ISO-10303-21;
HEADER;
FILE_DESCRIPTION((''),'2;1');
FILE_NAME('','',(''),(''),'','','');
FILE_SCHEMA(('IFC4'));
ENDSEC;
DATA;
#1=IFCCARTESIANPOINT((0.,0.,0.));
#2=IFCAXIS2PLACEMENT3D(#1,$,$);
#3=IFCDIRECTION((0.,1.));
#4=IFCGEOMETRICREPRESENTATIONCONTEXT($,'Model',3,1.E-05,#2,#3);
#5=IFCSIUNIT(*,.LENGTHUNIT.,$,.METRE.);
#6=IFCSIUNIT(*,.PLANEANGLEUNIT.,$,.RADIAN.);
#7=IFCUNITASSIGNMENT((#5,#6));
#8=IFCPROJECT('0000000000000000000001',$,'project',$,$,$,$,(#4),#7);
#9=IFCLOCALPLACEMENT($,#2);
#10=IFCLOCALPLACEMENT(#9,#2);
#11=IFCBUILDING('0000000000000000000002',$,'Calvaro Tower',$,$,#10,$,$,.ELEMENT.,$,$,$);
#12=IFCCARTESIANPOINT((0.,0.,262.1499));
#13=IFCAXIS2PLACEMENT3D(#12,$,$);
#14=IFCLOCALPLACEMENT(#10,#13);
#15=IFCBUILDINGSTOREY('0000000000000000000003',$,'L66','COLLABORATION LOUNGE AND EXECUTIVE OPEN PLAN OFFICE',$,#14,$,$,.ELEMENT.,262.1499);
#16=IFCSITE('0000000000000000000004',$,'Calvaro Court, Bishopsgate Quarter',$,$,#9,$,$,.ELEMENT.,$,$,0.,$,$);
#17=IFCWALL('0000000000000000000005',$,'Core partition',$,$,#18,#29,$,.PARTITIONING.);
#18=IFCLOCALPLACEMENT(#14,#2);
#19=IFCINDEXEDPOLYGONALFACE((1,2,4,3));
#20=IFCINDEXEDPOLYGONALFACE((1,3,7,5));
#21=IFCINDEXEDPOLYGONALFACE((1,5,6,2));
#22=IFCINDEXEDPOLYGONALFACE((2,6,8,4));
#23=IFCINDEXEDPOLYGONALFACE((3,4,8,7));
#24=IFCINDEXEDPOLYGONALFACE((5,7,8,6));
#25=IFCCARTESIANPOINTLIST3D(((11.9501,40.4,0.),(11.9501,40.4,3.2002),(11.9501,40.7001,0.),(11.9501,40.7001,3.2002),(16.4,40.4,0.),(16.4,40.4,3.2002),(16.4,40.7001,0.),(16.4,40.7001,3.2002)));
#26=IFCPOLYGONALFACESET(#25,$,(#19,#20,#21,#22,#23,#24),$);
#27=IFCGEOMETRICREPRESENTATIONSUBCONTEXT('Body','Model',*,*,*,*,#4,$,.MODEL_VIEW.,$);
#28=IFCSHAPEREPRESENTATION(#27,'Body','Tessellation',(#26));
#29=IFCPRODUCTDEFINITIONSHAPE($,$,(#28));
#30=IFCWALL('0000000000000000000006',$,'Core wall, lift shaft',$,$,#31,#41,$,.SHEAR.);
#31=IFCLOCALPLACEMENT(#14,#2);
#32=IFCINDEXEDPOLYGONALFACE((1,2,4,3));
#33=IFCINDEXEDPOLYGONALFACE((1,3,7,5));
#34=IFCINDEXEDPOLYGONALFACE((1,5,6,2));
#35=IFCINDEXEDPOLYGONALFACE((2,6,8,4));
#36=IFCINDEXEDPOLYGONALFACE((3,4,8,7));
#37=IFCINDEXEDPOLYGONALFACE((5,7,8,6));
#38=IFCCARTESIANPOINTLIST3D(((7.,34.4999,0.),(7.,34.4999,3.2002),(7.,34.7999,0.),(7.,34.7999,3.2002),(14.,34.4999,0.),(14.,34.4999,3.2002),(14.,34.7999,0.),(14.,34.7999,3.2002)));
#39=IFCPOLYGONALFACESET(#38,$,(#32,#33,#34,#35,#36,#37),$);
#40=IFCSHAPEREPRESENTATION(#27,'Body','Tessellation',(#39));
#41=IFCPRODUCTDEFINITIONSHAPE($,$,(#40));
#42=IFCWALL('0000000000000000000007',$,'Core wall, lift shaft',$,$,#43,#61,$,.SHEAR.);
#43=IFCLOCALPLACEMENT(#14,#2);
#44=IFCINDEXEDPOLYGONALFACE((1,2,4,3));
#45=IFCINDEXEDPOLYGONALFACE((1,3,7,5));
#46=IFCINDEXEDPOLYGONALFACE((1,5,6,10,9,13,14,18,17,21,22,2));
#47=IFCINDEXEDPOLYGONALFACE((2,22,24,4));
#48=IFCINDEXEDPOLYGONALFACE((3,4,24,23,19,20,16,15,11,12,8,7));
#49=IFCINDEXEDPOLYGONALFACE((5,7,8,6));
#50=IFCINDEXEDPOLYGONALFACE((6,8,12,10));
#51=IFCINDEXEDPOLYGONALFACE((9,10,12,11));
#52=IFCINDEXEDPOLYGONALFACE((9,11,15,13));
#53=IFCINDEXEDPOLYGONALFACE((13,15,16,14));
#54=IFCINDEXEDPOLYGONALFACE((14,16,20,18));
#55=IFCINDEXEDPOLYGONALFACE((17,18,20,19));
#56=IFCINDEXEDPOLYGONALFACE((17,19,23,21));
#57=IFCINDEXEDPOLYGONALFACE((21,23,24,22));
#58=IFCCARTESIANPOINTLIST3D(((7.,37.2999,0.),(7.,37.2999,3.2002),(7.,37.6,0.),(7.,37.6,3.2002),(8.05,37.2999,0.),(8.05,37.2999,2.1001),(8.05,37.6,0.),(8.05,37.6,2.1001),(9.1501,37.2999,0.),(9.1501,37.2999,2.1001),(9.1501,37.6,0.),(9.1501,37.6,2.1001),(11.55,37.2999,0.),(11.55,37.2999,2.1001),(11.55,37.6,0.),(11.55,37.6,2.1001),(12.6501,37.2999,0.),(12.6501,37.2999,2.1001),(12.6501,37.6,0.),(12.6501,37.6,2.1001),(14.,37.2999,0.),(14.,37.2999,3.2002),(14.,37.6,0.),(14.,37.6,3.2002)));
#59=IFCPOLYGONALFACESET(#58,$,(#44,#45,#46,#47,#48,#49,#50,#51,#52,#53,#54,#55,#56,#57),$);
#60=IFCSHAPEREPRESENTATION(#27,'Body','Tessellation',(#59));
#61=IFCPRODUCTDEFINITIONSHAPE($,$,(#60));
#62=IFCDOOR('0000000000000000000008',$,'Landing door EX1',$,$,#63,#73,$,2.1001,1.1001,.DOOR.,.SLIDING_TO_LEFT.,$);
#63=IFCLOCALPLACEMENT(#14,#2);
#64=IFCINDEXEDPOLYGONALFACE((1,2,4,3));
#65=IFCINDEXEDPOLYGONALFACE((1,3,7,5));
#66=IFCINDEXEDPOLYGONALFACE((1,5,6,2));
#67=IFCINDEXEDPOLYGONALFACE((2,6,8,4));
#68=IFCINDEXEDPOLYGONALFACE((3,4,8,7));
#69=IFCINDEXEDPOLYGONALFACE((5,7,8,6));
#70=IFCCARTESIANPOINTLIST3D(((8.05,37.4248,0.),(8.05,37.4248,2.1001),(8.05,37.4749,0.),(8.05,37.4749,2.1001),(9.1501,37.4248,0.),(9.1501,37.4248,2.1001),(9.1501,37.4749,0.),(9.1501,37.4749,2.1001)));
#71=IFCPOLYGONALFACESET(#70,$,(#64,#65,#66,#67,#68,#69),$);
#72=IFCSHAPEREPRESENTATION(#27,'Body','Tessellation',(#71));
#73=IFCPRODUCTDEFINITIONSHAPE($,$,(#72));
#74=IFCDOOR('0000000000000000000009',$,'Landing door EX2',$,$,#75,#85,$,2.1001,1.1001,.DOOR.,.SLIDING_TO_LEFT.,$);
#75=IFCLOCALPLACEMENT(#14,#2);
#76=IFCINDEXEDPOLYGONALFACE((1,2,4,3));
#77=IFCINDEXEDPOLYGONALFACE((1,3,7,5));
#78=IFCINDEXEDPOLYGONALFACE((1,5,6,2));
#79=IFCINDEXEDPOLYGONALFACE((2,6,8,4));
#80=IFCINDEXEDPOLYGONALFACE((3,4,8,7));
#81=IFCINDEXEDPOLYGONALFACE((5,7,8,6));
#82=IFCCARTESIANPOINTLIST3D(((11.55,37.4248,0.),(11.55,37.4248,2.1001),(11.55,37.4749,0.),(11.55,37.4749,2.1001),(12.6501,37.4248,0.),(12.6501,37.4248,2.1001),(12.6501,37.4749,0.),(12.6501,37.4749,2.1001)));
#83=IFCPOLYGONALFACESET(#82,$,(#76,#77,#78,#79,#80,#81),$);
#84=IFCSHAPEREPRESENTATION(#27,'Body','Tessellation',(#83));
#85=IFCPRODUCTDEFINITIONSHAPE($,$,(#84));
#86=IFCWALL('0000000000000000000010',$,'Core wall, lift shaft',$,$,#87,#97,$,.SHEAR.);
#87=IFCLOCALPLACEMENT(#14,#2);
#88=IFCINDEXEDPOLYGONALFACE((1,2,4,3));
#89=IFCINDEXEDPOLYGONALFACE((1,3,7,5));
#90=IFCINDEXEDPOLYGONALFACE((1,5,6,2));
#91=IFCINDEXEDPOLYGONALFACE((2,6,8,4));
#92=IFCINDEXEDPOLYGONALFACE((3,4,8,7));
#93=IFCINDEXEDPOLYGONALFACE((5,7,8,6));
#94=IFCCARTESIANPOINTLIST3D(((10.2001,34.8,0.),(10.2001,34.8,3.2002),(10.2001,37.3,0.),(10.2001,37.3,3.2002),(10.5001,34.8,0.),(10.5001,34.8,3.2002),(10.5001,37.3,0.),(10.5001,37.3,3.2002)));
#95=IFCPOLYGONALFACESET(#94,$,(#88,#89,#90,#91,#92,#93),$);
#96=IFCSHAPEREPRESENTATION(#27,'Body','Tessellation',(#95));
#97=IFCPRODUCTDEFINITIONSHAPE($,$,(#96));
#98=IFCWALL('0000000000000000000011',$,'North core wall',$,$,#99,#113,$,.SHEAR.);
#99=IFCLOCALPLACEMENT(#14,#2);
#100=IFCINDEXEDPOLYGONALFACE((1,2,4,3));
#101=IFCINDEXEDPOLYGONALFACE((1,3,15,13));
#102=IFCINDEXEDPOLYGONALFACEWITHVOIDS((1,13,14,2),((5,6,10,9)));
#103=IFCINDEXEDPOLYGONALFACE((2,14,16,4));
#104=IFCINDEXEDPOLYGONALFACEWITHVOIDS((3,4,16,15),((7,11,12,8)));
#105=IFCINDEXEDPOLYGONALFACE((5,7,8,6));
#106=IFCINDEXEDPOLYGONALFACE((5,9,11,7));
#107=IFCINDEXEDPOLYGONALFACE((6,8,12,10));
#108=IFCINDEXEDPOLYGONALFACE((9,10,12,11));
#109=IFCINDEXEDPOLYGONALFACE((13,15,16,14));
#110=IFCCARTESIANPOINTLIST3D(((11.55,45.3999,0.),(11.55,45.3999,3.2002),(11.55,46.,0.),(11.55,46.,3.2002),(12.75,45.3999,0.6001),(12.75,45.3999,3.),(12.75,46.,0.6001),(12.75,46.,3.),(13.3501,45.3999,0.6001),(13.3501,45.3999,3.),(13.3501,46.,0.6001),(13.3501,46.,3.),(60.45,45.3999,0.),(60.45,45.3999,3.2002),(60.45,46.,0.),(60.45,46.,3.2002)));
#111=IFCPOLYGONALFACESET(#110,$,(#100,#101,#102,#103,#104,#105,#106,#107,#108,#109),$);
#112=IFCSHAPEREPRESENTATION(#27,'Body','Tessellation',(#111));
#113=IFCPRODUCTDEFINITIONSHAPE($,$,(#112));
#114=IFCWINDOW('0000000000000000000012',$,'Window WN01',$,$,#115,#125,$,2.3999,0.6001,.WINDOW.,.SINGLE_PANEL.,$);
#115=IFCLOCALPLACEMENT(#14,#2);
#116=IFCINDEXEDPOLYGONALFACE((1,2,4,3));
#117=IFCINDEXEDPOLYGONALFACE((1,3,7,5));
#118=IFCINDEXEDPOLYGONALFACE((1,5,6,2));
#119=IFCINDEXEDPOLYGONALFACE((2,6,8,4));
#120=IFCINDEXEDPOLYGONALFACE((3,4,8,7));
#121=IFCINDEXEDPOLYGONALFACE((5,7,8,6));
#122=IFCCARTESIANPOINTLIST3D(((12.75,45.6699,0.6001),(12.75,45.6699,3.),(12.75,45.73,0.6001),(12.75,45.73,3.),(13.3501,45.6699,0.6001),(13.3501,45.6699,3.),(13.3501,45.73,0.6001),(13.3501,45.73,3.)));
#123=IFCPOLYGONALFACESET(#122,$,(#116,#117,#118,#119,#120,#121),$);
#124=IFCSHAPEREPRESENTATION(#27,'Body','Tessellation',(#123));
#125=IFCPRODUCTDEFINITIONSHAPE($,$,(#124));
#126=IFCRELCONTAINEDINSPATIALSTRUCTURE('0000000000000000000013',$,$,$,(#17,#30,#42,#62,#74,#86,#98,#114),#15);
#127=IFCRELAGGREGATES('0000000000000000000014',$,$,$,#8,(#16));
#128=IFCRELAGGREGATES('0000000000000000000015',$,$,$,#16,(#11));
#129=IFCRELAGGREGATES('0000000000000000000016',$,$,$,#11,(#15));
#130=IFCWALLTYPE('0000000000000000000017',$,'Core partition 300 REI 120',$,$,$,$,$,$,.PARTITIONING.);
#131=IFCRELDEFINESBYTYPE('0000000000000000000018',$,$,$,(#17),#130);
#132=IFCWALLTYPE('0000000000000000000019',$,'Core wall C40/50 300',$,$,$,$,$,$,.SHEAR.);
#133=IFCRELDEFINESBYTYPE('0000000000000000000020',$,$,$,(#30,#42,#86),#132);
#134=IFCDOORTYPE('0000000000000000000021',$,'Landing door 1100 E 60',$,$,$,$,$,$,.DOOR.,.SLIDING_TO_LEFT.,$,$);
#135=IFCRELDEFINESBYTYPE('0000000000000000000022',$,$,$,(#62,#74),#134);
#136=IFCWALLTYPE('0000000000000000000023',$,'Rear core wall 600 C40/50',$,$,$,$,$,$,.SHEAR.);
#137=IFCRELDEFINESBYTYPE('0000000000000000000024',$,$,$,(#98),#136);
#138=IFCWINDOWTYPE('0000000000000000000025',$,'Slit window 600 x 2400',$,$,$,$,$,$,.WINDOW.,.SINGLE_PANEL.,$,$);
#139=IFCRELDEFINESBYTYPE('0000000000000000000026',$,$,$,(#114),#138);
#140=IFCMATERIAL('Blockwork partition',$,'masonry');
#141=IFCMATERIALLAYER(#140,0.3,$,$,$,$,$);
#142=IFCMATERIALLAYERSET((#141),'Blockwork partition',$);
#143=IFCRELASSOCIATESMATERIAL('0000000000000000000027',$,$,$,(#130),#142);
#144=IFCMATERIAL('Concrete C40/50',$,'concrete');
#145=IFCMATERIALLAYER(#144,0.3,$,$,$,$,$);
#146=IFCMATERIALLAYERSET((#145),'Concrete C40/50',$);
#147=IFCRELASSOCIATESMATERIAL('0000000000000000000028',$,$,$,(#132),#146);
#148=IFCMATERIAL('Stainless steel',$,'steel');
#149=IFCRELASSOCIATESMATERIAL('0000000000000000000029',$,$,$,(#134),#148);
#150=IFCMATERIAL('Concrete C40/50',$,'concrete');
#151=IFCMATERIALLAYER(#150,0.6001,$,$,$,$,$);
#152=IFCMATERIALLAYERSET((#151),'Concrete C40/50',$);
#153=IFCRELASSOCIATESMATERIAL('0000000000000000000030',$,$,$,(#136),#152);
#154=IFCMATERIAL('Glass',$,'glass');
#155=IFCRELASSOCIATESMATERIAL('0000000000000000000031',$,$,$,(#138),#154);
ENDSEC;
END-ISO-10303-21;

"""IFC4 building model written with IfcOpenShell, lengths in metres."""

from ifc_helpers import new_model, si_unit, direction, frame, frame_2d, origin, place, context, subcontext, project, spatial, rectangle, extrude, material, layer, layer_set, type_object, element, fill, save


model = new_model("IFC4")

# Units and contexts
model_context = context("Model", 3, precision=1e-05, world=origin(), true_north=direction((0.0, 1.0)))
body_context = subcontext(model_context, "Body", "Model", "MODEL_VIEW")
ifc_project = project(units=[si_unit("LENGTHUNIT", "METRE"), si_unit("PLANEANGLEUNIT", "RADIAN")], contexts=[model_context])

# Site, building, storey
site_placement = place(None, origin())
site = spatial("IfcSite", under=ifc_project, at=site_placement, Name="Calvaro Court, Bishopsgate Quarter", CompositionType="ELEMENT", RefElevation=0.0)
building_placement = place(site_placement, origin())
building = spatial("IfcBuilding", under=site, at=building_placement, Name="Calvaro Tower", CompositionType="ELEMENT")
storey_placement = place(building_placement, frame((0.0, 0.0, 262.1499)))
storey = spatial("IfcBuildingStorey", under=building, at=storey_placement, Name="L66", Description="COLLABORATION LOUNGE AND EXECUTIVE OPEN PLAN OFFICE", CompositionType="ELEMENT", Elevation=262.1499)

# Walls
ifc_material_1 = material(Name="Blockwork partition", Category="masonry")
ifc_layer_1 = layer(ifc_material_1, 0.3)
ifc_layer_set_1 = layer_set([ifc_layer_1], Name="Blockwork partition")
wall_type_1 = type_object("IfcWallType", Name="Core partition 300 REI 120", PredefinedType="PARTITIONING", material=ifc_layer_set_1)
wall_1_placement = place(storey_placement, frame((11.95, 40.55, 0.0), z_axis=(0.0, 0.0, 1.0), x_axis=(1.0, 0.0, 0.0)))
element("IfcWall", 1, at=wall_1_placement, inside=storey, type_object=wall_type_1, Name="Core partition", PredefinedType="PARTITIONING", context=body_context, shape_type="SweptSolid", body=[
    extrude(rectangle(XDim=4.45, YDim=0.3, at=frame_2d((2.2251, 0.0))), origin(), (0.0, 0.0, 1.0), 3.2002),
])
ifc_material_2 = material(Name="Concrete C40/50", Category="concrete")
ifc_layer_2 = layer(ifc_material_2, 0.3)
ifc_layer_set_2 = layer_set([ifc_layer_2], Name="Concrete C40/50")
wall_type_2 = type_object("IfcWallType", Name="Core wall C40/50 300", PredefinedType="SHEAR", material=ifc_layer_set_2)
wall_2_placement = place(storey_placement, frame((7.0, 34.6499, 0.0), z_axis=(0.0, 0.0, 1.0), x_axis=(1.0, 0.0, 0.0)))
element("IfcWall", 2, at=wall_2_placement, inside=storey, type_object=wall_type_2, Name="Core wall, lift shaft", PredefinedType="SHEAR", context=body_context, shape_type="SweptSolid", body=[
    extrude(rectangle(XDim=7.0, YDim=0.3, at=frame_2d((3.5, 0.0))), origin(), (0.0, 0.0, 1.0), 3.2002),
])

# Wall, openings, doors
wall_3_placement = place(storey_placement, frame((7.0, 37.45, 0.0), z_axis=(0.0, 0.0, 1.0), x_axis=(1.0, 0.0, 0.0)))
wall_3 = element("IfcWall", 3, at=wall_3_placement, inside=storey, type_object=wall_type_2, Name="Core wall, lift shaft", PredefinedType="SHEAR", context=body_context, shape_type="SweptSolid", body=[
    extrude(rectangle(XDim=7.0, YDim=0.3, at=frame_2d((3.5, 0.0))), origin(), (0.0, 0.0, 1.0), 3.2002),
])
opening_1_placement = place(wall_3_placement, frame((1.05, 0.0, 0.0)))
opening_1 = element("IfcOpeningElement", 4, at=opening_1_placement, cuts=wall_3, PredefinedType="OPENING", context=body_context, shape_type="SweptSolid", body=[
    extrude(rectangle(XDim=1.1001, YDim=2.1001, at=frame_2d((0.55, 1.05))), frame((0.0, 0.1599, 0.0), z_axis=(0.0, -1.0, 0.0), x_axis=(1.0, 0.0, 0.0)), (0.0, 0.0, 1.0), 0.3201),
])
opening_2_placement = place(wall_3_placement, frame((4.55, 0.0, 0.0)))
opening_2 = element("IfcOpeningElement", 5, at=opening_2_placement, cuts=wall_3, PredefinedType="OPENING", context=body_context, shape_type="SweptSolid", body=[
    extrude(rectangle(XDim=1.1001, YDim=2.1001, at=frame_2d((0.55, 1.05))), frame((0.0, 0.1599, 0.0), z_axis=(0.0, -1.0, 0.0), x_axis=(1.0, 0.0, 0.0)), (0.0, 0.0, 1.0), 0.3201),
])
ifc_material_3 = material(Name="Stainless steel", Category="steel")
door_type_1 = type_object("IfcDoorType", Name="Landing door 1100 E 60", OperationType="SLIDING_TO_LEFT", PredefinedType="DOOR", material=ifc_material_3)
door_1_placement = place(opening_1_placement, origin())
door_1 = element("IfcDoor", 6, at=door_1_placement, inside=storey, type_object=door_type_1, Name="Landing door EX1", OperationType="SLIDING_TO_LEFT", OverallHeight=2.1001, OverallWidth=1.1001, PredefinedType="DOOR", context=body_context, shape_type="SweptSolid", body=[
    extrude(rectangle(XDim=1.1001, YDim=2.1001, at=frame_2d((0.55, 1.05))), frame((0.0, 0.0249, 0.0), z_axis=(0.0, -1.0, 0.0), x_axis=(1.0, 0.0, 0.0)), (0.0, 0.0, 1.0), 0.05),
])
fill(opening_1, door_1)
door_2_placement = place(opening_2_placement, origin())
door_2 = element("IfcDoor", 7, at=door_2_placement, inside=storey, type_object=door_type_1, Name="Landing door EX2", OperationType="SLIDING_TO_LEFT", OverallHeight=2.1001, OverallWidth=1.1001, PredefinedType="DOOR", context=body_context, shape_type="SweptSolid", body=[
    extrude(rectangle(XDim=1.1001, YDim=2.1001, at=frame_2d((0.55, 1.05))), frame((0.0, 0.0249, 0.0), z_axis=(0.0, -1.0, 0.0), x_axis=(1.0, 0.0, 0.0)), (0.0, 0.0, 1.0), 0.05),
])
fill(opening_2, door_2)

# Wall
wall_4_placement = place(storey_placement, frame((10.3501, 34.8, 0.0), z_axis=(0.0, 0.0, 1.0), x_axis=(0.0, 1.0, 0.0)))
element("IfcWall", 8, at=wall_4_placement, inside=storey, type_object=wall_type_2, Name="Core wall, lift shaft", PredefinedType="SHEAR", context=body_context, shape_type="SweptSolid", body=[
    extrude(rectangle(XDim=2.5, YDim=0.3, at=frame_2d((1.25, 0.0))), origin(), (0.0, 0.0, 1.0), 3.2002),
])

# Wall, opening, window
ifc_material_4 = material(Name="Concrete C40/50", Category="concrete")
ifc_layer_3 = layer(ifc_material_4, 0.6001)
ifc_layer_set_3 = layer_set([ifc_layer_3], Name="Concrete C40/50")
wall_type_3 = type_object("IfcWallType", Name="Rear core wall 600 C40/50", PredefinedType="SHEAR", material=ifc_layer_set_3)
wall_5_placement = place(storey_placement, frame((11.55, 45.7, 0.0), z_axis=(0.0, 0.0, 1.0), x_axis=(1.0, 0.0, 0.0)))
wall_5 = element("IfcWall", 9, at=wall_5_placement, inside=storey, type_object=wall_type_3, Name="North core wall", PredefinedType="SHEAR", context=body_context, shape_type="SweptSolid", body=[
    extrude(rectangle(XDim=48.8999, YDim=0.6001, at=frame_2d((24.45, 0.0))), origin(), (0.0, 0.0, 1.0), 3.2002),
])
opening_3_placement = place(wall_5_placement, frame((1.2, 0.0, 0.6001)))
opening_3 = element("IfcOpeningElement", 10, at=opening_3_placement, cuts=wall_5, PredefinedType="OPENING", context=body_context, shape_type="SweptSolid", body=[
    extrude(rectangle(XDim=0.6001, YDim=2.3999, at=frame_2d((0.3, 1.2))), frame((0.0, 0.3101, 0.0), z_axis=(0.0, -1.0, 0.0), x_axis=(1.0, 0.0, 0.0)), (0.0, 0.0, 1.0), 0.6201),
])
ifc_material_5 = material(Name="Glass", Category="glass")
window_type = type_object("IfcWindowType", Name="Slit window 600 x 2400", PartitioningType="SINGLE_PANEL", PredefinedType="WINDOW", material=ifc_material_5)
window_placement = place(opening_3_placement, origin())
window = element("IfcWindow", 11, at=window_placement, inside=storey, type_object=window_type, Name="Window WN01", OverallHeight=2.3999, OverallWidth=0.6001, PartitioningType="SINGLE_PANEL", PredefinedType="WINDOW", context=body_context, shape_type="SweptSolid", body=[
    extrude(rectangle(XDim=0.6001, YDim=2.3999, at=frame_2d((0.3, 1.2))), frame((0.0, 0.03, 0.0), z_axis=(0.0, -1.0, 0.0), x_axis=(1.0, 0.0, 0.0)), (0.0, 0.0, 1.0), 0.0601),
])
fill(opening_3, window)

save(model, "model.ifc")
